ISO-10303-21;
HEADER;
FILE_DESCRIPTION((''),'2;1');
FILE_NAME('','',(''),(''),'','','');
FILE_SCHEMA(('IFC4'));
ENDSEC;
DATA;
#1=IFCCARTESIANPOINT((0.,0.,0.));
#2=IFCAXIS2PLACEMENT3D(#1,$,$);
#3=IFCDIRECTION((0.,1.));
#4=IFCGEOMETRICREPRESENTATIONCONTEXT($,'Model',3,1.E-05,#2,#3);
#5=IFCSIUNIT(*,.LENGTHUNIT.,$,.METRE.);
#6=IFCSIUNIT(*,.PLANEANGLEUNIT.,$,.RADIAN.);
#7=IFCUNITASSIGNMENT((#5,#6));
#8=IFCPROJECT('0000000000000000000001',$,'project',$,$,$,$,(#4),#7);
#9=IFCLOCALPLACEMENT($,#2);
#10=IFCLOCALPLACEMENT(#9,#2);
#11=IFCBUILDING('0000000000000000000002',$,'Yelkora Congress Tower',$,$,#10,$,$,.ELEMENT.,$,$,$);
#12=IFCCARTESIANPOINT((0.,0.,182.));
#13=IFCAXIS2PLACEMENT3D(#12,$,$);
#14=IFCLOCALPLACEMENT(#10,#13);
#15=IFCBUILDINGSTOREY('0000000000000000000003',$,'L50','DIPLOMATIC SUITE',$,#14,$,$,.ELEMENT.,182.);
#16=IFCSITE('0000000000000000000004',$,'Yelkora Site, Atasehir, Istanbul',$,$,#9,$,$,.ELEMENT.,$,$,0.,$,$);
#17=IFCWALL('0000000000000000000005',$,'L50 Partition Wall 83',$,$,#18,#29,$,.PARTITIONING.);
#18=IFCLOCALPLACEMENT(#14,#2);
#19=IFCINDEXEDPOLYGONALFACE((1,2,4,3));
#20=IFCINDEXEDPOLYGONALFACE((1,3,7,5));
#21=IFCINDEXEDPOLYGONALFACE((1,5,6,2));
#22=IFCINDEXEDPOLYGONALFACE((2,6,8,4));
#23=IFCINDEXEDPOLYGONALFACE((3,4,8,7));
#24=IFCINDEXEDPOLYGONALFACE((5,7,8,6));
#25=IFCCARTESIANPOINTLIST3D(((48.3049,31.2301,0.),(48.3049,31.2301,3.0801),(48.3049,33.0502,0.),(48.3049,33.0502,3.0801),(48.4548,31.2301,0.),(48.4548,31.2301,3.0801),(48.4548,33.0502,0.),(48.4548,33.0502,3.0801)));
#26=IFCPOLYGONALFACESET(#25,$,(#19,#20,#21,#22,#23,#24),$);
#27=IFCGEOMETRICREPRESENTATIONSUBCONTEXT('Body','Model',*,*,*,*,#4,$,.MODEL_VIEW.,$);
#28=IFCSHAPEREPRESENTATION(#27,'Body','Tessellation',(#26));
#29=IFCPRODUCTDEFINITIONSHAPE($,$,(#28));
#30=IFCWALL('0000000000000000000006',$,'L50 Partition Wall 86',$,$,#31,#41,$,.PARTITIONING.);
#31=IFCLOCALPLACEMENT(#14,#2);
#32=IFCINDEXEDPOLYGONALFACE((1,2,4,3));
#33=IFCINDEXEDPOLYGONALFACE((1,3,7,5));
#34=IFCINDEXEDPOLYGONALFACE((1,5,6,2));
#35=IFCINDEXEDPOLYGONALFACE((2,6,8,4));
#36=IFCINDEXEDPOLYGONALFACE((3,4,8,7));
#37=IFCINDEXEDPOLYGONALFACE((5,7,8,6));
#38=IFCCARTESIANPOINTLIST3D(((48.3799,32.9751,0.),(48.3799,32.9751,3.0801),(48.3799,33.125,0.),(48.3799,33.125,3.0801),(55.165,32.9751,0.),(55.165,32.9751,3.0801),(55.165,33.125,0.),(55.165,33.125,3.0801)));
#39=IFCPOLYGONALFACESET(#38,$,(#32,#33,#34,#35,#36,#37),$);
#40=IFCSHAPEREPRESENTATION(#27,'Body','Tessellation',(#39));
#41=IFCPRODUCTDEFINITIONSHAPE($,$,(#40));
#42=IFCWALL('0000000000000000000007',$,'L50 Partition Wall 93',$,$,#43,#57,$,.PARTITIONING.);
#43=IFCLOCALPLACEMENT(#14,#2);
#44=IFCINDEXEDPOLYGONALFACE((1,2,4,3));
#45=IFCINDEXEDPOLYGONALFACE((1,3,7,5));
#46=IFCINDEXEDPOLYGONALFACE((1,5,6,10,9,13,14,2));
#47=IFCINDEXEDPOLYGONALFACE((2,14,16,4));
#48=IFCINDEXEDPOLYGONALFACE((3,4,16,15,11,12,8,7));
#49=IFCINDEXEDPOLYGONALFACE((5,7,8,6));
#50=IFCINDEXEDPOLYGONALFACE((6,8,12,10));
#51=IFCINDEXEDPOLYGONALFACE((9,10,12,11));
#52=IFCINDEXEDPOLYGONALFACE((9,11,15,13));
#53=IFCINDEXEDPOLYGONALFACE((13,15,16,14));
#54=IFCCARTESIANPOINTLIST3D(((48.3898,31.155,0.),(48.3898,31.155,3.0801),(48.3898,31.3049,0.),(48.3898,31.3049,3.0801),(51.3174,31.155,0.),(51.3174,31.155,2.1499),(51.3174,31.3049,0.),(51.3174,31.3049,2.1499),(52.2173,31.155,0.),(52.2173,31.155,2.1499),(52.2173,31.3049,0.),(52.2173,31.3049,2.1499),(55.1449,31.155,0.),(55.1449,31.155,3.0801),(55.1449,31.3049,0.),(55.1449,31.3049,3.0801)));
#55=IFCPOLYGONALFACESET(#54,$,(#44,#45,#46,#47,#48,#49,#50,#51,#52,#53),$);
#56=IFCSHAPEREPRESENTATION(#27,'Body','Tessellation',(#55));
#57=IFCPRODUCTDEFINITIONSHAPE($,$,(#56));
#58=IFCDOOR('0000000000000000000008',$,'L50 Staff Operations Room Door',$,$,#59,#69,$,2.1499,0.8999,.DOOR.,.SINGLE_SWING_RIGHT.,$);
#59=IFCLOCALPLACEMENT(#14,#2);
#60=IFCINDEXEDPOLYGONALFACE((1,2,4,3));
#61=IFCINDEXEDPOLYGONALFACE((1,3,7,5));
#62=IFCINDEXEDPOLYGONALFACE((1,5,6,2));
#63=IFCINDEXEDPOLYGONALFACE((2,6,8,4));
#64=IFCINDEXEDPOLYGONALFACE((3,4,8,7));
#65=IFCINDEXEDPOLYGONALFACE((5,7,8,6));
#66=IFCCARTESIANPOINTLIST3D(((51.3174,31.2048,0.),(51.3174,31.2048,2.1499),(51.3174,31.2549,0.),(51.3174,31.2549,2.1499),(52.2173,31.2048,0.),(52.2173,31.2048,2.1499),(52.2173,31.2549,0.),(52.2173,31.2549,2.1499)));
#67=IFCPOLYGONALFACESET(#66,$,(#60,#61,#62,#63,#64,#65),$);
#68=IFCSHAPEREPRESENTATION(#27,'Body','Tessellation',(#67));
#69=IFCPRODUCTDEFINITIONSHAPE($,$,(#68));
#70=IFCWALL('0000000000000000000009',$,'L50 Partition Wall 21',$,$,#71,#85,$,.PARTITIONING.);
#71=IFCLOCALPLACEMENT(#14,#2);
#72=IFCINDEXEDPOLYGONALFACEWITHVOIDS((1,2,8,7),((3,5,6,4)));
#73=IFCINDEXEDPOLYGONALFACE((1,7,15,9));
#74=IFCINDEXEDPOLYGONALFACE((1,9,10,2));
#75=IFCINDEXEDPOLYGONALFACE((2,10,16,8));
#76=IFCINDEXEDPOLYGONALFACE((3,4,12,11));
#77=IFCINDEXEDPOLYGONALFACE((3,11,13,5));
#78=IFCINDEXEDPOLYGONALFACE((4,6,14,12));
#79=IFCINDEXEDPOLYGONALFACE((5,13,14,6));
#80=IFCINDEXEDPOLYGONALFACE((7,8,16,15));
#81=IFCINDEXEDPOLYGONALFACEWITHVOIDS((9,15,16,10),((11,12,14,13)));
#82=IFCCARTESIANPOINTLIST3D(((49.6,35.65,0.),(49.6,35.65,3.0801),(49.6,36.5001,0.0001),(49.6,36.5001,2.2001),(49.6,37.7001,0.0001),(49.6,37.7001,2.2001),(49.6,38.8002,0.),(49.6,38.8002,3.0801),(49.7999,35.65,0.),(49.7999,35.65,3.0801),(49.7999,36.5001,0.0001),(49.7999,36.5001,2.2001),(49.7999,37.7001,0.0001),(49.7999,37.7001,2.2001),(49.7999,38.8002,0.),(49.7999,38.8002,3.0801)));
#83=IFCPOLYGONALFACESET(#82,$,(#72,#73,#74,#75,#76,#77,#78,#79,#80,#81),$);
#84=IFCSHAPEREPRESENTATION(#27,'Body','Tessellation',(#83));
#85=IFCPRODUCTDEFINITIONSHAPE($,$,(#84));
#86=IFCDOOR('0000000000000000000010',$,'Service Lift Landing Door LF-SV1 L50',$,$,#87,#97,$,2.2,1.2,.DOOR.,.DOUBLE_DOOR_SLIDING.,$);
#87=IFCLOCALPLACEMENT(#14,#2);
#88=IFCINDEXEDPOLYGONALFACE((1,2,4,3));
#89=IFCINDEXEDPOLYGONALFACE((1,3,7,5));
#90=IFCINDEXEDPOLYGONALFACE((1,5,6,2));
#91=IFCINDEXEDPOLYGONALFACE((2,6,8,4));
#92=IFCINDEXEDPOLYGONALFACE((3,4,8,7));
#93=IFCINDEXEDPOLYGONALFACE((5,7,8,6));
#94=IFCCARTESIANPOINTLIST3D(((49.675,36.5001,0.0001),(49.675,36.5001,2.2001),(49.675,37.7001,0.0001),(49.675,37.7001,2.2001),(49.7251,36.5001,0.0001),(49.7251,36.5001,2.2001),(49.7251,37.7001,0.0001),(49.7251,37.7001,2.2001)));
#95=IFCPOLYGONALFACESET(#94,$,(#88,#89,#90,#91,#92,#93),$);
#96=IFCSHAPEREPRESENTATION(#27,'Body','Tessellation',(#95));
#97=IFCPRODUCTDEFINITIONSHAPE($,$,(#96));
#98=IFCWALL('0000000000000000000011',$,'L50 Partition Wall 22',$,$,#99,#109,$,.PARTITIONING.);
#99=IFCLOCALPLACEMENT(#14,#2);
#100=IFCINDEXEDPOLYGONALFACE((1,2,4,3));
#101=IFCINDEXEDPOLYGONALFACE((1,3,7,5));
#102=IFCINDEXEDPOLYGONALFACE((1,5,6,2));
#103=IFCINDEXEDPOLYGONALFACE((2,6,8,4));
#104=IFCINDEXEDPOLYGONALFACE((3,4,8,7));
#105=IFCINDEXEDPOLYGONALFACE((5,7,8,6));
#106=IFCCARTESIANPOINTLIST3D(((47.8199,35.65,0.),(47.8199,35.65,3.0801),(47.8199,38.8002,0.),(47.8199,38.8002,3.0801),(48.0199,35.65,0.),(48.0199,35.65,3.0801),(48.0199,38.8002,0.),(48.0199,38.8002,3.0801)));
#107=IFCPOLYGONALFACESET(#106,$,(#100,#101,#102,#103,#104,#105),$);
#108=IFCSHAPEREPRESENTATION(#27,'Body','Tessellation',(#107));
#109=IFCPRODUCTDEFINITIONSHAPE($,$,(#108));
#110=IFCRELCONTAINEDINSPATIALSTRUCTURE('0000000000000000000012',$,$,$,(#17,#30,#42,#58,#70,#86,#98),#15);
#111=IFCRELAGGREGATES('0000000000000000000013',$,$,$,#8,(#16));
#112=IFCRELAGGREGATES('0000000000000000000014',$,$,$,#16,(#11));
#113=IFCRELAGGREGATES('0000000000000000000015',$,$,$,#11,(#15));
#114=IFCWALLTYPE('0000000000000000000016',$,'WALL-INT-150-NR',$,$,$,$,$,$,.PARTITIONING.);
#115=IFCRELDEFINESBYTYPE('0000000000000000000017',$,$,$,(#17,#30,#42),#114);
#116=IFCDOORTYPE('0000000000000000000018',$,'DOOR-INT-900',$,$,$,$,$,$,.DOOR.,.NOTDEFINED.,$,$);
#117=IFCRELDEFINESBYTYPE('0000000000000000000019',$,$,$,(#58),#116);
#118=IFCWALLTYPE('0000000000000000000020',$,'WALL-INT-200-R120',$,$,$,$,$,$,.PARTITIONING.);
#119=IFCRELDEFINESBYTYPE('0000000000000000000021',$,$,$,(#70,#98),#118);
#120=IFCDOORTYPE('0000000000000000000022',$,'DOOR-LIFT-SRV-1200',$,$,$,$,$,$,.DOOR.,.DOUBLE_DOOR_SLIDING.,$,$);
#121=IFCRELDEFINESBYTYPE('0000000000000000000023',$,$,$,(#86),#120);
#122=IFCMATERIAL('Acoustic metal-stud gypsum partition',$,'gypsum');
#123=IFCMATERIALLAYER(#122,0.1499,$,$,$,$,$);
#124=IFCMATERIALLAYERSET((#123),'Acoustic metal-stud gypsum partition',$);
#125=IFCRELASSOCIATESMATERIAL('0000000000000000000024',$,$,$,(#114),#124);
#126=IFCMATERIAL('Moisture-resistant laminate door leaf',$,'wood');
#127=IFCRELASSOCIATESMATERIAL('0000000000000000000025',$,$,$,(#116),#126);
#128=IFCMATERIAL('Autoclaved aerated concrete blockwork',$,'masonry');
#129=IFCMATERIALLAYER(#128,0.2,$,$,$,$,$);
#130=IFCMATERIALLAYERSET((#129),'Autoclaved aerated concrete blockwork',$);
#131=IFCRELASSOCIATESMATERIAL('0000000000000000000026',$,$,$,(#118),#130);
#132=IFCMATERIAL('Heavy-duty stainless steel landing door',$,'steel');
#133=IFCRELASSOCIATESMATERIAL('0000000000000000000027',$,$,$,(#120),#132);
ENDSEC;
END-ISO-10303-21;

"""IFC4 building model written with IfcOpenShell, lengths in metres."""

from ifc_helpers import new_model, si_unit, direction, frame, frame_2d, origin, place, context, subcontext, project, spatial, rectangle, extrude, material, layer, layer_set, type_object, element, fill, save


model = new_model("IFC4")

# Units and contexts
model_context = context("Model", 3, precision=1e-05, world=origin(), true_north=direction((0.0, 1.0)))
body_context = subcontext(model_context, "Body", "Model", "MODEL_VIEW")
ifc_project = project(units=[si_unit("LENGTHUNIT", "METRE"), si_unit("PLANEANGLEUNIT", "RADIAN")], contexts=[model_context])

# Site, building, storey
site_placement = place(None, origin())
site = spatial("IfcSite", under=ifc_project, at=site_placement, Name="Yelkora Site, Atasehir, Istanbul", CompositionType="ELEMENT", RefElevation=0.0)
building_placement = place(site_placement, origin())
building = spatial("IfcBuilding", under=site, at=building_placement, Name="Yelkora Congress Tower", CompositionType="ELEMENT")
storey_placement = place(building_placement, frame((0.0, 0.0, 182.0)))
storey = spatial("IfcBuildingStorey", under=building, at=storey_placement, Name="L50", Description="DIPLOMATIC SUITE", CompositionType="ELEMENT", Elevation=182.0)

# Walls
ifc_material_1 = material(Name="Acoustic metal-stud gypsum partition", Category="gypsum")
ifc_layer_1 = layer(ifc_material_1, 0.1499)
ifc_layer_set_1 = layer_set([ifc_layer_1], Name="Acoustic metal-stud gypsum partition")
wall_type_1 = type_object("IfcWallType", Name="WALL-INT-150-NR", PredefinedType="PARTITIONING", material=ifc_layer_set_1)
wall_1_placement = place(storey_placement, frame((48.3799, 31.23, 0.0), z_axis=(0.0, 0.0, 1.0), x_axis=(0.0, 1.0, 0.0)))
element("IfcWall", 1, at=wall_1_placement, inside=storey, type_object=wall_type_1, Name="L50 Partition Wall 83", PredefinedType="PARTITIONING", context=body_context, shape_type="SweptSolid", body=[
    extrude(rectangle(XDim=1.8201, YDim=0.1499, at=frame_2d((0.9102, 0.0))), origin(), (0.0, 0.0, 1.0), 3.0801),
])
wall_2_placement = place(storey_placement, frame((48.3799, 33.05, 0.0), z_axis=(0.0, 0.0, 1.0), x_axis=(1.0, 0.0, 0.0)))
element("IfcWall", 2, at=wall_2_placement, inside=storey, type_object=wall_type_1, Name="L50 Partition Wall 86", PredefinedType="PARTITIONING", context=body_context, shape_type="SweptSolid", body=[
    extrude(rectangle(XDim=6.7852, YDim=0.1499, at=frame_2d((3.3926, 0.0))), origin(), (0.0, 0.0, 1.0), 3.0801),
])

# Walls, openings, doors
wall_3_placement = place(storey_placement, frame((48.3899, 31.23, 0.0), z_axis=(0.0, 0.0, 1.0), x_axis=(1.0, 0.0, 0.0)))
wall_3 = element("IfcWall", 3, at=wall_3_placement, inside=storey, type_object=wall_type_1, Name="L50 Partition Wall 93", PredefinedType="PARTITIONING", context=body_context, shape_type="SweptSolid", body=[
    extrude(rectangle(XDim=6.7551, YDim=0.1499, at=frame_2d((3.3774, 0.0))), origin(), (0.0, 0.0, 1.0), 3.0801),
])
opening_1_placement = place(wall_3_placement, frame((2.9275, 0.0, 0.0)))
opening_1 = element("IfcOpeningElement", 4, at=opening_1_placement, cuts=wall_3, PredefinedType="OPENING", context=body_context, shape_type="SweptSolid", body=[
    extrude(rectangle(XDim=0.8999, YDim=2.1499, at=frame_2d((0.45, 1.075))), frame((0.0, 0.085, 0.0), z_axis=(0.0, -1.0, 0.0), x_axis=(1.0, 0.0, 0.0)), (0.0, 0.0, 1.0), 0.1699),
])
ifc_material_2 = material(Name="Moisture-resistant laminate door leaf", Category="wood")
door_type_1 = type_object("IfcDoorType", Name="DOOR-INT-900", OperationType="NOTDEFINED", PredefinedType="DOOR", material=ifc_material_2)
door_1_placement = place(opening_1_placement, origin())
door_1 = element("IfcDoor", 5, at=door_1_placement, inside=storey, type_object=door_type_1, Name="L50 Staff Operations Room Door", OperationType="SINGLE_SWING_RIGHT", OverallHeight=2.1499, OverallWidth=0.8999, PredefinedType="DOOR", context=body_context, shape_type="SweptSolid", body=[
    extrude(rectangle(XDim=0.8999, YDim=2.1499, at=frame_2d((0.45, 1.075))), frame((0.0, 0.0249, 0.0), z_axis=(0.0, -1.0, 0.0), x_axis=(1.0, 0.0, 0.0)), (0.0, 0.0, 1.0), 0.05),
])
fill(opening_1, door_1)
ifc_material_3 = material(Name="Autoclaved aerated concrete blockwork", Category="masonry")
ifc_layer_2 = layer(ifc_material_3, 0.2)
ifc_layer_set_2 = layer_set([ifc_layer_2], Name="Autoclaved aerated concrete blockwork")
wall_type_2 = type_object("IfcWallType", Name="WALL-INT-200-R120", PredefinedType="PARTITIONING", material=ifc_layer_set_2)
wall_4_placement = place(storey_placement, frame((49.7, 35.6499, 0.0), z_axis=(0.0, 0.0, 1.0), x_axis=(0.0, 1.0, 0.0)))
wall_4 = element("IfcWall", 6, at=wall_4_placement, inside=storey, type_object=wall_type_2, Name="L50 Partition Wall 21", PredefinedType="PARTITIONING", context=body_context, shape_type="SweptSolid", body=[
    extrude(rectangle(XDim=3.1501, YDim=0.2, at=frame_2d((1.5752, 0.0))), origin(), (0.0, 0.0, 1.0), 3.0801),
])
opening_2_placement = place(wall_4_placement, frame((0.8501, 0.0, 0.0)))
opening_2 = element("IfcOpeningElement", 7, at=opening_2_placement, cuts=wall_4, PredefinedType="OPENING", context=body_context, shape_type="SweptSolid", body=[
    extrude(rectangle(XDim=1.2, YDim=2.2, at=frame_2d((0.6001, 1.1001))), frame((0.0, 0.1099, 0.0), z_axis=(0.0, -1.0, 0.0), x_axis=(1.0, 0.0, 0.0)), (0.0, 0.0, 1.0), 0.22),
])
ifc_material_4 = material(Name="Heavy-duty stainless steel landing door", Category="steel")
door_type_2 = type_object("IfcDoorType", Name="DOOR-LIFT-SRV-1200", OperationType="DOUBLE_DOOR_SLIDING", PredefinedType="DOOR", material=ifc_material_4)
door_2_placement = place(opening_2_placement, origin())
door_2 = element("IfcDoor", 8, at=door_2_placement, inside=storey, type_object=door_type_2, Name="Service Lift Landing Door LF-SV1 L50", OperationType="DOUBLE_DOOR_SLIDING", OverallHeight=2.2, OverallWidth=1.2, PredefinedType="DOOR", context=body_context, shape_type="SweptSolid", body=[
    extrude(rectangle(XDim=1.2, YDim=2.2, at=frame_2d((0.6001, 1.1001))), frame((0.0, 0.0249, 0.0), z_axis=(0.0, -1.0, 0.0), x_axis=(1.0, 0.0, 0.0)), (0.0, 0.0, 1.0), 0.05),
])
fill(opening_2, door_2)

# Wall
wall_5_placement = place(storey_placement, frame((47.9199, 35.6499, 0.0), z_axis=(0.0, 0.0, 1.0), x_axis=(0.0, 1.0, 0.0)))
element("IfcWall", 9, at=wall_5_placement, inside=storey, type_object=wall_type_2, Name="L50 Partition Wall 22", PredefinedType="PARTITIONING", context=body_context, shape_type="SweptSolid", body=[
    extrude(rectangle(XDim=3.1501, YDim=0.2, at=frame_2d((1.5752, 0.0))), origin(), (0.0, 0.0, 1.0), 3.0801),
])

save(model, "model.ifc")
